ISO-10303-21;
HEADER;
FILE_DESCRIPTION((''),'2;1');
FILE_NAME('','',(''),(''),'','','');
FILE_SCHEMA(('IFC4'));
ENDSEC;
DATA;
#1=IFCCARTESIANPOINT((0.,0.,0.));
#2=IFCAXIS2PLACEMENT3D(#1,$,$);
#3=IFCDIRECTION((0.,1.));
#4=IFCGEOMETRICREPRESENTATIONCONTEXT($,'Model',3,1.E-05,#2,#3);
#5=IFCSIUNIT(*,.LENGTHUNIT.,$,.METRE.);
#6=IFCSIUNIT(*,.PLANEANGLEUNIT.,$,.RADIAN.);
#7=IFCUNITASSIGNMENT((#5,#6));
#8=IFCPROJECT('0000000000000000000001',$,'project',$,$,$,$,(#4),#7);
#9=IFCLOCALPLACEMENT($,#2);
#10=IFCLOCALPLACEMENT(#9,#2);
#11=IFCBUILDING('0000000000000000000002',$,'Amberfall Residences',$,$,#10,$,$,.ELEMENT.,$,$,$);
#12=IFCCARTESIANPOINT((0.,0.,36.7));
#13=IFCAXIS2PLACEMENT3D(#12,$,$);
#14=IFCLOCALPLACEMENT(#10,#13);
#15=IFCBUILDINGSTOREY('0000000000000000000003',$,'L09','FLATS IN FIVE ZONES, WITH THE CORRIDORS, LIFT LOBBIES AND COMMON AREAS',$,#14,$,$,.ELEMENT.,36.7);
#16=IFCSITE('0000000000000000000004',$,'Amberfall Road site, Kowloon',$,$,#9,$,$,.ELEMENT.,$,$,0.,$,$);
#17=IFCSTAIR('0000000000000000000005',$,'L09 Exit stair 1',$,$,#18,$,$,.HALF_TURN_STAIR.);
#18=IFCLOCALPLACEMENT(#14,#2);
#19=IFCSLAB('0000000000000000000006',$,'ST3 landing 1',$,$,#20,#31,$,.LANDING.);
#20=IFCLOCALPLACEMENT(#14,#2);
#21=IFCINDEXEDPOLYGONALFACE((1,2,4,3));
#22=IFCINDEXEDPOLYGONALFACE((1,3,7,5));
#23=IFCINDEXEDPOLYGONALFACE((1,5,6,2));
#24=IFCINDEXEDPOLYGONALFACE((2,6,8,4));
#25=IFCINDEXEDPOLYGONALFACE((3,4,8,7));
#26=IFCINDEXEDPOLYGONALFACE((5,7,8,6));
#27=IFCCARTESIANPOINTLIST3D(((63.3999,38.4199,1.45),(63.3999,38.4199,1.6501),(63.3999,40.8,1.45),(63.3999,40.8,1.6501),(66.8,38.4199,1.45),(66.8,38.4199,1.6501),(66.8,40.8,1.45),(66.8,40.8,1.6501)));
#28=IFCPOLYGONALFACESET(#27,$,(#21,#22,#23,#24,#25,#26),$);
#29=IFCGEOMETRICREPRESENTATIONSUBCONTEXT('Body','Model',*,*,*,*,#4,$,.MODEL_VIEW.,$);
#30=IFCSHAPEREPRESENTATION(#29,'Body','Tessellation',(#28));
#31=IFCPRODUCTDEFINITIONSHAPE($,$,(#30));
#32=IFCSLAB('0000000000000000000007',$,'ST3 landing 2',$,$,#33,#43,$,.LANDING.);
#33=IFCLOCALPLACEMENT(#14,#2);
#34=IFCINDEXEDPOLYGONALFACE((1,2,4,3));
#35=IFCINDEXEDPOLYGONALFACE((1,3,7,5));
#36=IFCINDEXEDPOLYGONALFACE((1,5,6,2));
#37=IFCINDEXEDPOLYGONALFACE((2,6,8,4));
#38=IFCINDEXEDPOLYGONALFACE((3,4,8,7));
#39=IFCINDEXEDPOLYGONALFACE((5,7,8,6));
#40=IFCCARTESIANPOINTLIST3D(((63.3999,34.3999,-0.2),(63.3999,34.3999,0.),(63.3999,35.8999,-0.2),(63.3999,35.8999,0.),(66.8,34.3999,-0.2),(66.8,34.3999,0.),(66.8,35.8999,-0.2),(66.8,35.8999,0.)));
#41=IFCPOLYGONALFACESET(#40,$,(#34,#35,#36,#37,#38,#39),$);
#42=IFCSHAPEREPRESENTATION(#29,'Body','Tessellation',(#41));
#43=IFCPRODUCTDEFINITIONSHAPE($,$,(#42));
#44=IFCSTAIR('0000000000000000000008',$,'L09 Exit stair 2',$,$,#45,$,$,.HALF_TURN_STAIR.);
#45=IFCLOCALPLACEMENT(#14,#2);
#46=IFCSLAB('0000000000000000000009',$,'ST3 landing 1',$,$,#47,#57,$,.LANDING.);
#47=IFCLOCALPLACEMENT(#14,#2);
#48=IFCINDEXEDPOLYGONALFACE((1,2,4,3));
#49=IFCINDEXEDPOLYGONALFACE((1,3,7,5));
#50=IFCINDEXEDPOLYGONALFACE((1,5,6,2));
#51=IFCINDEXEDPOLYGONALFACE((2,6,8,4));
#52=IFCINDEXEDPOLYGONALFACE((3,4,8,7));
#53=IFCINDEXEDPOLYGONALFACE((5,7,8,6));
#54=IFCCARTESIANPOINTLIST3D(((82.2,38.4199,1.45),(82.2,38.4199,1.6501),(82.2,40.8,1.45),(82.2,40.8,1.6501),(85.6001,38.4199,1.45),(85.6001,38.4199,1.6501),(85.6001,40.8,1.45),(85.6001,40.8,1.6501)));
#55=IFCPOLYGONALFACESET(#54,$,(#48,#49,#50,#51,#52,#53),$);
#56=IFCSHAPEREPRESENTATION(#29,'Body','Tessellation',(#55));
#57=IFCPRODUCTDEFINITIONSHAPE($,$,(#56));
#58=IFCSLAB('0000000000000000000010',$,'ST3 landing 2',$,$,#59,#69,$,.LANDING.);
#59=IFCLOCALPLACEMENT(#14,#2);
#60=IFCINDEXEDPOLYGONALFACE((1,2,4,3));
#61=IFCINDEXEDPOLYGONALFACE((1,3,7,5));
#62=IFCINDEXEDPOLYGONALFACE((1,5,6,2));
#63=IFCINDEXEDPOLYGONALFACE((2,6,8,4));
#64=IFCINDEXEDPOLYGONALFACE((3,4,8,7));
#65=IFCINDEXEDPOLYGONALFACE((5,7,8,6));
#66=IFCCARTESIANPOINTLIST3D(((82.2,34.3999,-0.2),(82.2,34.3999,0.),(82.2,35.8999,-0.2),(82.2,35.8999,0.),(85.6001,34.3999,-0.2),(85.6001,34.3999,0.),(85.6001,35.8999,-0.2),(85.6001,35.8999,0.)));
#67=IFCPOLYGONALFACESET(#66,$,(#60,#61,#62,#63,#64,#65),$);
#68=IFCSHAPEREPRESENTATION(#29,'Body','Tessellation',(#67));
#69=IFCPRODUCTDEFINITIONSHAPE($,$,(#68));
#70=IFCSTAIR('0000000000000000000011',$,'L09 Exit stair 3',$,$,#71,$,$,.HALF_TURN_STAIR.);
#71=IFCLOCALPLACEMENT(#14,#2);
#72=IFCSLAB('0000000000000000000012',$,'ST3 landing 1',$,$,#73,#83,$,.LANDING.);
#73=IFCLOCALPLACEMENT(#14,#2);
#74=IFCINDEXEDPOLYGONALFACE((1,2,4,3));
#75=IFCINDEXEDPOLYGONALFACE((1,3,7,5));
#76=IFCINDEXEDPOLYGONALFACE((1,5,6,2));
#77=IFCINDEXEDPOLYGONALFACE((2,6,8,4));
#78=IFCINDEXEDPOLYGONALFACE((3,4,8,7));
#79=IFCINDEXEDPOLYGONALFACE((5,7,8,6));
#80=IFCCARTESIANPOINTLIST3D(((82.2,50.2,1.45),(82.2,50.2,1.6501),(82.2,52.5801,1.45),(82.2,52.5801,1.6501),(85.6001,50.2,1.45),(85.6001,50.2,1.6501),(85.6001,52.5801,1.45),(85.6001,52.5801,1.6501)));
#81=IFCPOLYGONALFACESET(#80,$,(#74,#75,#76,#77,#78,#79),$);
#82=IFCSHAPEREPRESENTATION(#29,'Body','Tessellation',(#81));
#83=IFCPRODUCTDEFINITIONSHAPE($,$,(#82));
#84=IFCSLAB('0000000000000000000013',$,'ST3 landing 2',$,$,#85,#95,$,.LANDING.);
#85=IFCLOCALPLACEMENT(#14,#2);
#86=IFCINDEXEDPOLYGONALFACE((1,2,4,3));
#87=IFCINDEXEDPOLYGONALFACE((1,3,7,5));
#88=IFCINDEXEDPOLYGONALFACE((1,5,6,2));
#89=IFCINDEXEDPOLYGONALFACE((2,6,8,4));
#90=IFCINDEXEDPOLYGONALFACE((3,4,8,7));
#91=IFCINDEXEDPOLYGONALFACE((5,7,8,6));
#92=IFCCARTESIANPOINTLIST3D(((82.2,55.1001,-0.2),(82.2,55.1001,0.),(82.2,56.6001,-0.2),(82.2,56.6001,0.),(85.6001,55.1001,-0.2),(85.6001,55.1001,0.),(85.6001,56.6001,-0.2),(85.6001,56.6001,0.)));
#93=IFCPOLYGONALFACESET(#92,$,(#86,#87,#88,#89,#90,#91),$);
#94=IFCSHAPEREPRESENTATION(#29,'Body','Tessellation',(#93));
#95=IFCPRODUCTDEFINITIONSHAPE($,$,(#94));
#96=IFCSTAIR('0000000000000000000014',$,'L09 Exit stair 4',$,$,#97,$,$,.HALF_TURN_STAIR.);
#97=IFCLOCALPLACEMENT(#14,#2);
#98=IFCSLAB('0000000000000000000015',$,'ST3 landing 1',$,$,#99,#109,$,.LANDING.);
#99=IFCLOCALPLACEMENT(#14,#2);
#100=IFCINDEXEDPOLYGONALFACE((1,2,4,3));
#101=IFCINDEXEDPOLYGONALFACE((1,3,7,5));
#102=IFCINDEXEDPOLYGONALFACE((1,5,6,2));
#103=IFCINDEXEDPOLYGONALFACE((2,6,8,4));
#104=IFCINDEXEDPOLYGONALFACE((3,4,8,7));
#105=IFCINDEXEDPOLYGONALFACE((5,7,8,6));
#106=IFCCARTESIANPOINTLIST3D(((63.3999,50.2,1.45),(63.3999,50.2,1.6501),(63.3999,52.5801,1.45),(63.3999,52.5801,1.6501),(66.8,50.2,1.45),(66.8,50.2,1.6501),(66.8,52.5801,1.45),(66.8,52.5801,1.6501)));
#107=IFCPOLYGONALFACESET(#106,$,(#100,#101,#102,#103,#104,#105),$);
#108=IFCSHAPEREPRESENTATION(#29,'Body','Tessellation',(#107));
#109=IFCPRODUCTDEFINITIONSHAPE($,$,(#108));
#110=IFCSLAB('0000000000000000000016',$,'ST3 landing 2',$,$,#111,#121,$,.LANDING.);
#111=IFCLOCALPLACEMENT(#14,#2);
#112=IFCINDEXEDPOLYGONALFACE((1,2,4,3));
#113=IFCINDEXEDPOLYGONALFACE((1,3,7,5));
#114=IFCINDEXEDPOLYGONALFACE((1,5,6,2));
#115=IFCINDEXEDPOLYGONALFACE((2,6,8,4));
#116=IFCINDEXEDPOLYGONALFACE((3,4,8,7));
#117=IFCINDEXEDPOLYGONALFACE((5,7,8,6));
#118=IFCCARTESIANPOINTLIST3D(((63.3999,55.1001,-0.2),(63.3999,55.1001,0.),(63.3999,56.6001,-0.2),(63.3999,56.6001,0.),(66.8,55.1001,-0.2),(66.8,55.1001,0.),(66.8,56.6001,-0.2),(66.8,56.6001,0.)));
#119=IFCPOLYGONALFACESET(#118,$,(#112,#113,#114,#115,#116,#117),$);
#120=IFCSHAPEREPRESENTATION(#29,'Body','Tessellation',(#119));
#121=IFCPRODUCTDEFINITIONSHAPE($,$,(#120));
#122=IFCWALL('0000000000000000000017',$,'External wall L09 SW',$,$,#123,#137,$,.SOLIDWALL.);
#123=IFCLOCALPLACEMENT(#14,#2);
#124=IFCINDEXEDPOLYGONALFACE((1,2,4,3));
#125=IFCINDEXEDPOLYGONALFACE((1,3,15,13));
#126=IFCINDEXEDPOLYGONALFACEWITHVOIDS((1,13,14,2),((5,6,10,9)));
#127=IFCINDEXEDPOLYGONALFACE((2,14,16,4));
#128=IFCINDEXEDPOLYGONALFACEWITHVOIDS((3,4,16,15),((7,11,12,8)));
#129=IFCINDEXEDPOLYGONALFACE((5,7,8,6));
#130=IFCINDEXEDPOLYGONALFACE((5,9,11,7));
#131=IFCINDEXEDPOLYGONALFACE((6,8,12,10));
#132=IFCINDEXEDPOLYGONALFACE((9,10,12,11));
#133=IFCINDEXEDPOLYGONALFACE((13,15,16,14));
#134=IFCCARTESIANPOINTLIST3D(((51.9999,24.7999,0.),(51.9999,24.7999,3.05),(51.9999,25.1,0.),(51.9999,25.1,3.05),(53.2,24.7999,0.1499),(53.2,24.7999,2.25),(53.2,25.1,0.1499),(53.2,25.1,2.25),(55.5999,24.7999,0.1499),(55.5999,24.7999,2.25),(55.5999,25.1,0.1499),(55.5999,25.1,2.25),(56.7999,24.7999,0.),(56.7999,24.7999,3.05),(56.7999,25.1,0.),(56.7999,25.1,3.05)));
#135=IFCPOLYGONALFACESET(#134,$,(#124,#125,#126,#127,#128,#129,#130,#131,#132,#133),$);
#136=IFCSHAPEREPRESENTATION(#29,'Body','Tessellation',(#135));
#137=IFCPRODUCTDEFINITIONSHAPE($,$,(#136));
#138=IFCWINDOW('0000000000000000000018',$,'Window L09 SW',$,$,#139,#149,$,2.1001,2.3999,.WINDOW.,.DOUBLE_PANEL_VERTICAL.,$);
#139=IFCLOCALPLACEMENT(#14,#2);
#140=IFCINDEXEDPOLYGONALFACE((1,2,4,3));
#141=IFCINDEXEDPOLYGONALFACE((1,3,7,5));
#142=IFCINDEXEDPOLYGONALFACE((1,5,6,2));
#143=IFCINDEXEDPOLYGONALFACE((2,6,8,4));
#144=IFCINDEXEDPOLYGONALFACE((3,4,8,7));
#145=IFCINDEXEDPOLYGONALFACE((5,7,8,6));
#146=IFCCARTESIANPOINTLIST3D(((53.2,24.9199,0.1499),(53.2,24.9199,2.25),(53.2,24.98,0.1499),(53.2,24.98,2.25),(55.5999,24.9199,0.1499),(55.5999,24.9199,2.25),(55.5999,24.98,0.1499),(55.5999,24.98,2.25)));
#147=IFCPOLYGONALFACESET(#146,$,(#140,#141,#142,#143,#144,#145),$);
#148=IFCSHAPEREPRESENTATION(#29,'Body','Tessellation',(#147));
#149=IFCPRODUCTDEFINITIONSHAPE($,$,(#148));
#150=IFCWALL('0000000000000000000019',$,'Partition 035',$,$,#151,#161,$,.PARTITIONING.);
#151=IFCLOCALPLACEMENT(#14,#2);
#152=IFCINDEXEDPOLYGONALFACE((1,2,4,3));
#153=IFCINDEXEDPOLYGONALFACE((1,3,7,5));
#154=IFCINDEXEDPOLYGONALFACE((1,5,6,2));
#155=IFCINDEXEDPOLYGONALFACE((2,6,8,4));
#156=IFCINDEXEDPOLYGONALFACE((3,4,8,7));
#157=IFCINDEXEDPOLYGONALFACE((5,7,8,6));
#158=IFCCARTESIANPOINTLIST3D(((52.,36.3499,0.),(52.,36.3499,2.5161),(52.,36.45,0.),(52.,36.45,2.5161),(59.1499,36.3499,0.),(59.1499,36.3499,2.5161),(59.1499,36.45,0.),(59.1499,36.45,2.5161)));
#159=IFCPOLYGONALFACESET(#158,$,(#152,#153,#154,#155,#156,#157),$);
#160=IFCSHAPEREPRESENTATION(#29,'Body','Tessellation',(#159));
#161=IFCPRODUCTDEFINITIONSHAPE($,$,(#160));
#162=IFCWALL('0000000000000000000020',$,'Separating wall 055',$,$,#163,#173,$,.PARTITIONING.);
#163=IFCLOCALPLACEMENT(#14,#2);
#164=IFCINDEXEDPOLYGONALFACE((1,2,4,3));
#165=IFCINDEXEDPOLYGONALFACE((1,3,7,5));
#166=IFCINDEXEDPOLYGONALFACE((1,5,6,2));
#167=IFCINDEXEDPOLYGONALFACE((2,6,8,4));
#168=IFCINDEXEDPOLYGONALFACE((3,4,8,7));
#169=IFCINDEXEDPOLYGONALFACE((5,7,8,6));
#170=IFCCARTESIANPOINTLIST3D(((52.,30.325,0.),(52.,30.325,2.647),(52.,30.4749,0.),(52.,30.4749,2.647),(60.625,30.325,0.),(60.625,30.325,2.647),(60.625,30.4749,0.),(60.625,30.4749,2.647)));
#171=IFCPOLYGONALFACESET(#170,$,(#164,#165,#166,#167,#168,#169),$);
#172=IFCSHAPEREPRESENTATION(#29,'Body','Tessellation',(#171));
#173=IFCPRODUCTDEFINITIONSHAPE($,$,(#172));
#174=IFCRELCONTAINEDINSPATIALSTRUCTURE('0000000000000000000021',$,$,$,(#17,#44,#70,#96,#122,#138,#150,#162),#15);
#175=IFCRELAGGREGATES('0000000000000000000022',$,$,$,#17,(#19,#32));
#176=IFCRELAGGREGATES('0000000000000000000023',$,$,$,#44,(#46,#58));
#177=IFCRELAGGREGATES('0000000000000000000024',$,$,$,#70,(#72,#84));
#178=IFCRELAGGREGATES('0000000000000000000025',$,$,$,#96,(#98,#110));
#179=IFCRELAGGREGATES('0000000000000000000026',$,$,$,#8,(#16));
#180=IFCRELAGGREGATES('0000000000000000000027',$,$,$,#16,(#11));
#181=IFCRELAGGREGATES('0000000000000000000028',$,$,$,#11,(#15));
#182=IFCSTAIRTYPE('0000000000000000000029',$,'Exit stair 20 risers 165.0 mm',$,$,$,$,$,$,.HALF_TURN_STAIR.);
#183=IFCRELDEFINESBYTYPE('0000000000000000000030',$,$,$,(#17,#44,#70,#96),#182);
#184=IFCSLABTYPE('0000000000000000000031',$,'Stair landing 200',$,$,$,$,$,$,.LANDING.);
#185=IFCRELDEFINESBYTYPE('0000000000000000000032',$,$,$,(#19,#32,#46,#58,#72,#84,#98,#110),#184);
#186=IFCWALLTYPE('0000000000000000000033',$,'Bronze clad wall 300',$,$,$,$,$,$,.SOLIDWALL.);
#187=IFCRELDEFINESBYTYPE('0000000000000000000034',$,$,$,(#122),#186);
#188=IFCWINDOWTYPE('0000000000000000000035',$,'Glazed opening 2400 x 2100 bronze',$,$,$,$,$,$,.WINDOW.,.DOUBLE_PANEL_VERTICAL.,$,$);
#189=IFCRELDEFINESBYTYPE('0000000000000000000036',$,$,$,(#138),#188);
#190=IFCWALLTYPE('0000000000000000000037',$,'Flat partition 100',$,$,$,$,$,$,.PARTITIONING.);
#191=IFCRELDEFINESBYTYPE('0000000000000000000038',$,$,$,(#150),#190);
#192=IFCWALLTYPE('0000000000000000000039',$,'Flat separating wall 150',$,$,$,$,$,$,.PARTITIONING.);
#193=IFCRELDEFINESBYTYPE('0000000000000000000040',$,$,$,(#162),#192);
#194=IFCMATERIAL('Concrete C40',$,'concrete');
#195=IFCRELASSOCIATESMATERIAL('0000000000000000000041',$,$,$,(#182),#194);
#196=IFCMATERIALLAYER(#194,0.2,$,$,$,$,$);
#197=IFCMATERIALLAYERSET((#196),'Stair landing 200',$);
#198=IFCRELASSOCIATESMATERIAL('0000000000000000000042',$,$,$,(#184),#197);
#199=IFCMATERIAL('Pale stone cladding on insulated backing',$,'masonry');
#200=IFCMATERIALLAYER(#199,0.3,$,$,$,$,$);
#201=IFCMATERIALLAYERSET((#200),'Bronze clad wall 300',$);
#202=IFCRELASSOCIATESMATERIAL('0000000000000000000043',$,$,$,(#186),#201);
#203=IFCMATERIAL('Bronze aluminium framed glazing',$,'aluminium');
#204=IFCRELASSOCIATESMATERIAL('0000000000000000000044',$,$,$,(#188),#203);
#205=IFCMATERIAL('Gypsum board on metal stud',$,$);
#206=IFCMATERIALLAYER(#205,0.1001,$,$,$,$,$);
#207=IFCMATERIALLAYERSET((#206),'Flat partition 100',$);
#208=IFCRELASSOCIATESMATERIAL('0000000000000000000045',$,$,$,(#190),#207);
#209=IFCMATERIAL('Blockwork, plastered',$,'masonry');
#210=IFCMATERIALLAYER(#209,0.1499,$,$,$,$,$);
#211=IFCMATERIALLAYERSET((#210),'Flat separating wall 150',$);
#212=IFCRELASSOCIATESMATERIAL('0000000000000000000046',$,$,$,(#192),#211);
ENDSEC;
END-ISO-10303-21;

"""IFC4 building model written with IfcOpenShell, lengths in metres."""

from ifc_helpers import new_model, si_unit, direction, frame, frame_2d, origin, place, context, subcontext, project, spatial, polyline, rectangle, outline, extrude, material, layer, layer_set, type_object, element, fill, aggregate, save


model = new_model("IFC4")

# Units and contexts
model_context = context("Model", 3, precision=1e-05, world=origin(), true_north=direction((0.0, 1.0)))
body_context = subcontext(model_context, "Body", "Model", "MODEL_VIEW")
ifc_project = project(units=[si_unit("LENGTHUNIT", "METRE"), si_unit("PLANEANGLEUNIT", "RADIAN")], contexts=[model_context])

# Site, building, storey
site_placement = place(None, origin())
site = spatial("IfcSite", under=ifc_project, at=site_placement, Name="Amberfall Road site, Kowloon", CompositionType="ELEMENT", RefElevation=0.0)
building_placement = place(site_placement, origin())
building = spatial("IfcBuilding", under=site, at=building_placement, Name="Amberfall Residences", CompositionType="ELEMENT")
storey_placement = place(building_placement, frame((0.0, 0.0, 36.7)))
storey = spatial("IfcBuildingStorey", under=building, at=storey_placement, Name="L09", Description="FLATS IN FIVE ZONES, WITH THE CORRIDORS, LIFT LOBBIES AND COMMON AREAS", CompositionType="ELEMENT", Elevation=36.7)

# Stairs, slabs
ifc_material_1 = material(Name="Concrete C40", Category="concrete")
stair_type = type_object("IfcStairType", Name="Exit stair 20 risers 165.0 mm", PredefinedType="HALF_TURN_STAIR", material=ifc_material_1)
stair_1_placement = place(storey_placement, origin())
stair_1 = element("IfcStair", 1, at=stair_1_placement, inside=storey, type_object=stair_type, Name="L09 Exit stair 1", PredefinedType="HALF_TURN_STAIR")
ifc_layer_1 = layer(ifc_material_1, 0.2)
ifc_layer_set_1 = layer_set([ifc_layer_1], Name="Stair landing 200")
slab_type_1 = type_object("IfcSlabType", Name="Stair landing 200", PredefinedType="LANDING", material=ifc_layer_set_1)
slab_1_placement = place(storey_placement, frame((0.0, 0.0, 1.45)))
slab_1 = element("IfcSlab", 2, at=slab_1_placement, type_object=slab_type_1, Name="ST3 landing 1", PredefinedType="LANDING", context=body_context, shape_type="SweptSolid", body=[
    extrude(outline(polyline([(66.8, 38.4199), (66.8, 40.8), (63.3999, 40.8), (63.3999, 38.4199), (66.8, 38.4199)])), origin(), (0.0, 0.0, 1.0), 0.2002),
])
slab_2_placement = place(storey_placement, frame((0.0, 0.0, -0.2)))
slab_2 = element("IfcSlab", 3, at=slab_2_placement, type_object=slab_type_1, Name="ST3 landing 2", PredefinedType="LANDING", context=body_context, shape_type="SweptSolid", body=[
    extrude(outline(polyline([(66.8, 34.3999), (66.8, 35.8999), (63.3999, 35.8999), (63.3999, 34.3999), (66.8, 34.3999)])), origin(), (0.0, 0.0, 1.0), 0.2),
])
aggregate(stair_1, [slab_1, slab_2])
stair_2_placement = place(storey_placement, origin())
stair_2 = element("IfcStair", 4, at=stair_2_placement, inside=storey, type_object=stair_type, Name="L09 Exit stair 2", PredefinedType="HALF_TURN_STAIR")
slab_3_placement = place(storey_placement, frame((0.0, 0.0, 1.45)))
slab_3 = element("IfcSlab", 5, at=slab_3_placement, type_object=slab_type_1, Name="ST3 landing 1", PredefinedType="LANDING", context=body_context, shape_type="SweptSolid", body=[
    extrude(outline(polyline([(85.6001, 38.4199), (85.6001, 40.8), (82.2, 40.8), (82.2, 38.4199), (85.6001, 38.4199)])), origin(), (0.0, 0.0, 1.0), 0.2002),
])
slab_4_placement = place(storey_placement, frame((0.0, 0.0, -0.2)))
slab_4 = element("IfcSlab", 6, at=slab_4_placement, type_object=slab_type_1, Name="ST3 landing 2", PredefinedType="LANDING", context=body_context, shape_type="SweptSolid", body=[
    extrude(outline(polyline([(85.6001, 34.3999), (85.6001, 35.8999), (82.2, 35.8999), (82.2, 34.3999), (85.6001, 34.3999)])), origin(), (0.0, 0.0, 1.0), 0.2),
])
aggregate(stair_2, [slab_3, slab_4])
stair_3_placement = place(storey_placement, origin())
stair_3 = element("IfcStair", 7, at=stair_3_placement, inside=storey, type_object=stair_type, Name="L09 Exit stair 3", PredefinedType="HALF_TURN_STAIR")
slab_5_placement = place(storey_placement, frame((0.0, 0.0, 1.45)))
slab_5 = element("IfcSlab", 8, at=slab_5_placement, type_object=slab_type_1, Name="ST3 landing 1", PredefinedType="LANDING", context=body_context, shape_type="SweptSolid", body=[
    extrude(outline(polyline([(82.2, 52.5801), (82.2, 50.2), (85.6001, 50.2), (85.6001, 52.5801), (82.2, 52.5801)])), origin(), (0.0, 0.0, 1.0), 0.2002),
])
slab_6_placement = place(storey_placement, frame((0.0, 0.0, -0.2)))
slab_6 = element("IfcSlab", 9, at=slab_6_placement, type_object=slab_type_1, Name="ST3 landing 2", PredefinedType="LANDING", context=body_context, shape_type="SweptSolid", body=[
    extrude(outline(polyline([(82.2, 56.6001), (82.2, 55.1001), (85.6001, 55.1001), (85.6001, 56.6001), (82.2, 56.6001)])), origin(), (0.0, 0.0, 1.0), 0.2),
])
aggregate(stair_3, [slab_5, slab_6])
stair_4_placement = place(storey_placement, origin())
stair_4 = element("IfcStair", 10, at=stair_4_placement, inside=storey, type_object=stair_type, Name="L09 Exit stair 4", PredefinedType="HALF_TURN_STAIR")
slab_7_placement = place(storey_placement, frame((0.0, 0.0, 1.45)))
slab_7 = element("IfcSlab", 11, at=slab_7_placement, type_object=slab_type_1, Name="ST3 landing 1", PredefinedType="LANDING", context=body_context, shape_type="SweptSolid", body=[
    extrude(outline(polyline([(63.3999, 52.5801), (63.3999, 50.2), (66.8, 50.2), (66.8, 52.5801), (63.3999, 52.5801)])), origin(), (0.0, 0.0, 1.0), 0.2002),
])
slab_8_placement = place(storey_placement, frame((0.0, 0.0, -0.2)))
slab_8 = element("IfcSlab", 12, at=slab_8_placement, type_object=slab_type_1, Name="ST3 landing 2", PredefinedType="LANDING", context=body_context, shape_type="SweptSolid", body=[
    extrude(outline(polyline([(63.3999, 56.6001), (63.3999, 55.1001), (66.8, 55.1001), (66.8, 56.6001), (63.3999, 56.6001)])), origin(), (0.0, 0.0, 1.0), 0.2),
])
aggregate(stair_4, [slab_7, slab_8])

# Wall, opening, window
ifc_material_2 = material(Name="Pale stone cladding on insulated backing", Category="masonry")
ifc_layer_2 = layer(ifc_material_2, 0.3)
ifc_layer_set_2 = layer_set([ifc_layer_2], Name="Bronze clad wall 300")
wall_type_1 = type_object("IfcWallType", Name="Bronze clad wall 300", PredefinedType="SOLIDWALL", material=ifc_layer_set_2)
wall_1_placement = place(storey_placement, frame((52.0, 24.95, 0.0), z_axis=(0.0, 0.0, 1.0), x_axis=(1.0, 0.0, 0.0)))
wall_1 = element("IfcWall", 13, at=wall_1_placement, inside=storey, type_object=wall_type_1, Name="External wall L09 SW", PredefinedType="SOLIDWALL", context=body_context, shape_type="SweptSolid", body=[
    extrude(rectangle(XDim=4.8, YDim=0.3, at=frame_2d((2.3999, 0.0))), origin(), (0.0, 0.0, 1.0), 3.05),
])
opening_placement = place(wall_1_placement, frame((1.2, 0.0, 0.1499)))
opening = element("IfcOpeningElement", 14, at=opening_placement, cuts=wall_1, PredefinedType="OPENING", context=body_context, shape_type="SweptSolid", body=[
    extrude(rectangle(XDim=2.3999, YDim=2.1001, at=frame_2d((1.2, 1.05))), frame((0.0, 0.1599, 0.0), z_axis=(0.0, -1.0, 0.0), x_axis=(1.0, 0.0, 0.0)), (0.0, 0.0, 1.0), 0.3201),
])
ifc_material_3 = material(Name="Bronze aluminium framed glazing", Category="aluminium")
window_type = type_object("IfcWindowType", Name="Glazed opening 2400 x 2100 bronze", PartitioningType="DOUBLE_PANEL_VERTICAL", PredefinedType="WINDOW", material=ifc_material_3)
window_placement = place(opening_placement, origin())
window = element("IfcWindow", 15, at=window_placement, inside=storey, type_object=window_type, Name="Window L09 SW", OverallHeight=2.1001, OverallWidth=2.3999, PartitioningType="DOUBLE_PANEL_VERTICAL", PredefinedType="WINDOW", context=body_context, shape_type="SweptSolid", body=[
    extrude(rectangle(XDim=2.3999, YDim=2.1001, at=frame_2d((1.2, 1.05))), frame((0.0, 0.03, 0.0), z_axis=(0.0, -1.0, 0.0), x_axis=(1.0, 0.0, 0.0)), (0.0, 0.0, 1.0), 0.0601),
])
fill(opening, window)

# Walls
ifc_material_4 = material(Name="Gypsum board on metal stud")
ifc_layer_3 = layer(ifc_material_4, 0.1001)
ifc_layer_set_3 = layer_set([ifc_layer_3], Name="Flat partition 100")
wall_type_2 = type_object("IfcWallType", Name="Flat partition 100", PredefinedType="PARTITIONING", material=ifc_layer_set_3)
wall_2_placement = place(storey_placement, frame((52.0, 36.3999, 0.0), z_axis=(0.0, 0.0, 1.0), x_axis=(1.0, 0.0, 0.0)))
element("IfcWall", 16, at=wall_2_placement, inside=storey, type_object=wall_type_2, Name="Partition 035", PredefinedType="PARTITIONING", context=body_context, shape_type="SweptSolid", body=[
    extrude(rectangle(XDim=7.1499, YDim=0.1001, at=frame_2d((3.575, 0.0))), origin(), (0.0, 0.0, 1.0), 2.5161),
])
ifc_material_5 = material(Name="Blockwork, plastered", Category="masonry")
ifc_layer_4 = layer(ifc_material_5, 0.1499)
ifc_layer_set_4 = layer_set([ifc_layer_4], Name="Flat separating wall 150")
wall_type_3 = type_object("IfcWallType", Name="Flat separating wall 150", PredefinedType="PARTITIONING", material=ifc_layer_set_4)
wall_3_placement = place(storey_placement, frame((52.0, 30.3999, 0.0), z_axis=(0.0, 0.0, 1.0), x_axis=(1.0, 0.0, 0.0)))
element("IfcWall", 17, at=wall_3_placement, inside=storey, type_object=wall_type_3, Name="Separating wall 055", PredefinedType="PARTITIONING", context=body_context, shape_type="SweptSolid", body=[
    extrude(rectangle(XDim=8.625, YDim=0.1499, at=frame_2d((4.3125, 0.0))), origin(), (0.0, 0.0, 1.0), 2.647),
])

save(model, "model.ifc")
